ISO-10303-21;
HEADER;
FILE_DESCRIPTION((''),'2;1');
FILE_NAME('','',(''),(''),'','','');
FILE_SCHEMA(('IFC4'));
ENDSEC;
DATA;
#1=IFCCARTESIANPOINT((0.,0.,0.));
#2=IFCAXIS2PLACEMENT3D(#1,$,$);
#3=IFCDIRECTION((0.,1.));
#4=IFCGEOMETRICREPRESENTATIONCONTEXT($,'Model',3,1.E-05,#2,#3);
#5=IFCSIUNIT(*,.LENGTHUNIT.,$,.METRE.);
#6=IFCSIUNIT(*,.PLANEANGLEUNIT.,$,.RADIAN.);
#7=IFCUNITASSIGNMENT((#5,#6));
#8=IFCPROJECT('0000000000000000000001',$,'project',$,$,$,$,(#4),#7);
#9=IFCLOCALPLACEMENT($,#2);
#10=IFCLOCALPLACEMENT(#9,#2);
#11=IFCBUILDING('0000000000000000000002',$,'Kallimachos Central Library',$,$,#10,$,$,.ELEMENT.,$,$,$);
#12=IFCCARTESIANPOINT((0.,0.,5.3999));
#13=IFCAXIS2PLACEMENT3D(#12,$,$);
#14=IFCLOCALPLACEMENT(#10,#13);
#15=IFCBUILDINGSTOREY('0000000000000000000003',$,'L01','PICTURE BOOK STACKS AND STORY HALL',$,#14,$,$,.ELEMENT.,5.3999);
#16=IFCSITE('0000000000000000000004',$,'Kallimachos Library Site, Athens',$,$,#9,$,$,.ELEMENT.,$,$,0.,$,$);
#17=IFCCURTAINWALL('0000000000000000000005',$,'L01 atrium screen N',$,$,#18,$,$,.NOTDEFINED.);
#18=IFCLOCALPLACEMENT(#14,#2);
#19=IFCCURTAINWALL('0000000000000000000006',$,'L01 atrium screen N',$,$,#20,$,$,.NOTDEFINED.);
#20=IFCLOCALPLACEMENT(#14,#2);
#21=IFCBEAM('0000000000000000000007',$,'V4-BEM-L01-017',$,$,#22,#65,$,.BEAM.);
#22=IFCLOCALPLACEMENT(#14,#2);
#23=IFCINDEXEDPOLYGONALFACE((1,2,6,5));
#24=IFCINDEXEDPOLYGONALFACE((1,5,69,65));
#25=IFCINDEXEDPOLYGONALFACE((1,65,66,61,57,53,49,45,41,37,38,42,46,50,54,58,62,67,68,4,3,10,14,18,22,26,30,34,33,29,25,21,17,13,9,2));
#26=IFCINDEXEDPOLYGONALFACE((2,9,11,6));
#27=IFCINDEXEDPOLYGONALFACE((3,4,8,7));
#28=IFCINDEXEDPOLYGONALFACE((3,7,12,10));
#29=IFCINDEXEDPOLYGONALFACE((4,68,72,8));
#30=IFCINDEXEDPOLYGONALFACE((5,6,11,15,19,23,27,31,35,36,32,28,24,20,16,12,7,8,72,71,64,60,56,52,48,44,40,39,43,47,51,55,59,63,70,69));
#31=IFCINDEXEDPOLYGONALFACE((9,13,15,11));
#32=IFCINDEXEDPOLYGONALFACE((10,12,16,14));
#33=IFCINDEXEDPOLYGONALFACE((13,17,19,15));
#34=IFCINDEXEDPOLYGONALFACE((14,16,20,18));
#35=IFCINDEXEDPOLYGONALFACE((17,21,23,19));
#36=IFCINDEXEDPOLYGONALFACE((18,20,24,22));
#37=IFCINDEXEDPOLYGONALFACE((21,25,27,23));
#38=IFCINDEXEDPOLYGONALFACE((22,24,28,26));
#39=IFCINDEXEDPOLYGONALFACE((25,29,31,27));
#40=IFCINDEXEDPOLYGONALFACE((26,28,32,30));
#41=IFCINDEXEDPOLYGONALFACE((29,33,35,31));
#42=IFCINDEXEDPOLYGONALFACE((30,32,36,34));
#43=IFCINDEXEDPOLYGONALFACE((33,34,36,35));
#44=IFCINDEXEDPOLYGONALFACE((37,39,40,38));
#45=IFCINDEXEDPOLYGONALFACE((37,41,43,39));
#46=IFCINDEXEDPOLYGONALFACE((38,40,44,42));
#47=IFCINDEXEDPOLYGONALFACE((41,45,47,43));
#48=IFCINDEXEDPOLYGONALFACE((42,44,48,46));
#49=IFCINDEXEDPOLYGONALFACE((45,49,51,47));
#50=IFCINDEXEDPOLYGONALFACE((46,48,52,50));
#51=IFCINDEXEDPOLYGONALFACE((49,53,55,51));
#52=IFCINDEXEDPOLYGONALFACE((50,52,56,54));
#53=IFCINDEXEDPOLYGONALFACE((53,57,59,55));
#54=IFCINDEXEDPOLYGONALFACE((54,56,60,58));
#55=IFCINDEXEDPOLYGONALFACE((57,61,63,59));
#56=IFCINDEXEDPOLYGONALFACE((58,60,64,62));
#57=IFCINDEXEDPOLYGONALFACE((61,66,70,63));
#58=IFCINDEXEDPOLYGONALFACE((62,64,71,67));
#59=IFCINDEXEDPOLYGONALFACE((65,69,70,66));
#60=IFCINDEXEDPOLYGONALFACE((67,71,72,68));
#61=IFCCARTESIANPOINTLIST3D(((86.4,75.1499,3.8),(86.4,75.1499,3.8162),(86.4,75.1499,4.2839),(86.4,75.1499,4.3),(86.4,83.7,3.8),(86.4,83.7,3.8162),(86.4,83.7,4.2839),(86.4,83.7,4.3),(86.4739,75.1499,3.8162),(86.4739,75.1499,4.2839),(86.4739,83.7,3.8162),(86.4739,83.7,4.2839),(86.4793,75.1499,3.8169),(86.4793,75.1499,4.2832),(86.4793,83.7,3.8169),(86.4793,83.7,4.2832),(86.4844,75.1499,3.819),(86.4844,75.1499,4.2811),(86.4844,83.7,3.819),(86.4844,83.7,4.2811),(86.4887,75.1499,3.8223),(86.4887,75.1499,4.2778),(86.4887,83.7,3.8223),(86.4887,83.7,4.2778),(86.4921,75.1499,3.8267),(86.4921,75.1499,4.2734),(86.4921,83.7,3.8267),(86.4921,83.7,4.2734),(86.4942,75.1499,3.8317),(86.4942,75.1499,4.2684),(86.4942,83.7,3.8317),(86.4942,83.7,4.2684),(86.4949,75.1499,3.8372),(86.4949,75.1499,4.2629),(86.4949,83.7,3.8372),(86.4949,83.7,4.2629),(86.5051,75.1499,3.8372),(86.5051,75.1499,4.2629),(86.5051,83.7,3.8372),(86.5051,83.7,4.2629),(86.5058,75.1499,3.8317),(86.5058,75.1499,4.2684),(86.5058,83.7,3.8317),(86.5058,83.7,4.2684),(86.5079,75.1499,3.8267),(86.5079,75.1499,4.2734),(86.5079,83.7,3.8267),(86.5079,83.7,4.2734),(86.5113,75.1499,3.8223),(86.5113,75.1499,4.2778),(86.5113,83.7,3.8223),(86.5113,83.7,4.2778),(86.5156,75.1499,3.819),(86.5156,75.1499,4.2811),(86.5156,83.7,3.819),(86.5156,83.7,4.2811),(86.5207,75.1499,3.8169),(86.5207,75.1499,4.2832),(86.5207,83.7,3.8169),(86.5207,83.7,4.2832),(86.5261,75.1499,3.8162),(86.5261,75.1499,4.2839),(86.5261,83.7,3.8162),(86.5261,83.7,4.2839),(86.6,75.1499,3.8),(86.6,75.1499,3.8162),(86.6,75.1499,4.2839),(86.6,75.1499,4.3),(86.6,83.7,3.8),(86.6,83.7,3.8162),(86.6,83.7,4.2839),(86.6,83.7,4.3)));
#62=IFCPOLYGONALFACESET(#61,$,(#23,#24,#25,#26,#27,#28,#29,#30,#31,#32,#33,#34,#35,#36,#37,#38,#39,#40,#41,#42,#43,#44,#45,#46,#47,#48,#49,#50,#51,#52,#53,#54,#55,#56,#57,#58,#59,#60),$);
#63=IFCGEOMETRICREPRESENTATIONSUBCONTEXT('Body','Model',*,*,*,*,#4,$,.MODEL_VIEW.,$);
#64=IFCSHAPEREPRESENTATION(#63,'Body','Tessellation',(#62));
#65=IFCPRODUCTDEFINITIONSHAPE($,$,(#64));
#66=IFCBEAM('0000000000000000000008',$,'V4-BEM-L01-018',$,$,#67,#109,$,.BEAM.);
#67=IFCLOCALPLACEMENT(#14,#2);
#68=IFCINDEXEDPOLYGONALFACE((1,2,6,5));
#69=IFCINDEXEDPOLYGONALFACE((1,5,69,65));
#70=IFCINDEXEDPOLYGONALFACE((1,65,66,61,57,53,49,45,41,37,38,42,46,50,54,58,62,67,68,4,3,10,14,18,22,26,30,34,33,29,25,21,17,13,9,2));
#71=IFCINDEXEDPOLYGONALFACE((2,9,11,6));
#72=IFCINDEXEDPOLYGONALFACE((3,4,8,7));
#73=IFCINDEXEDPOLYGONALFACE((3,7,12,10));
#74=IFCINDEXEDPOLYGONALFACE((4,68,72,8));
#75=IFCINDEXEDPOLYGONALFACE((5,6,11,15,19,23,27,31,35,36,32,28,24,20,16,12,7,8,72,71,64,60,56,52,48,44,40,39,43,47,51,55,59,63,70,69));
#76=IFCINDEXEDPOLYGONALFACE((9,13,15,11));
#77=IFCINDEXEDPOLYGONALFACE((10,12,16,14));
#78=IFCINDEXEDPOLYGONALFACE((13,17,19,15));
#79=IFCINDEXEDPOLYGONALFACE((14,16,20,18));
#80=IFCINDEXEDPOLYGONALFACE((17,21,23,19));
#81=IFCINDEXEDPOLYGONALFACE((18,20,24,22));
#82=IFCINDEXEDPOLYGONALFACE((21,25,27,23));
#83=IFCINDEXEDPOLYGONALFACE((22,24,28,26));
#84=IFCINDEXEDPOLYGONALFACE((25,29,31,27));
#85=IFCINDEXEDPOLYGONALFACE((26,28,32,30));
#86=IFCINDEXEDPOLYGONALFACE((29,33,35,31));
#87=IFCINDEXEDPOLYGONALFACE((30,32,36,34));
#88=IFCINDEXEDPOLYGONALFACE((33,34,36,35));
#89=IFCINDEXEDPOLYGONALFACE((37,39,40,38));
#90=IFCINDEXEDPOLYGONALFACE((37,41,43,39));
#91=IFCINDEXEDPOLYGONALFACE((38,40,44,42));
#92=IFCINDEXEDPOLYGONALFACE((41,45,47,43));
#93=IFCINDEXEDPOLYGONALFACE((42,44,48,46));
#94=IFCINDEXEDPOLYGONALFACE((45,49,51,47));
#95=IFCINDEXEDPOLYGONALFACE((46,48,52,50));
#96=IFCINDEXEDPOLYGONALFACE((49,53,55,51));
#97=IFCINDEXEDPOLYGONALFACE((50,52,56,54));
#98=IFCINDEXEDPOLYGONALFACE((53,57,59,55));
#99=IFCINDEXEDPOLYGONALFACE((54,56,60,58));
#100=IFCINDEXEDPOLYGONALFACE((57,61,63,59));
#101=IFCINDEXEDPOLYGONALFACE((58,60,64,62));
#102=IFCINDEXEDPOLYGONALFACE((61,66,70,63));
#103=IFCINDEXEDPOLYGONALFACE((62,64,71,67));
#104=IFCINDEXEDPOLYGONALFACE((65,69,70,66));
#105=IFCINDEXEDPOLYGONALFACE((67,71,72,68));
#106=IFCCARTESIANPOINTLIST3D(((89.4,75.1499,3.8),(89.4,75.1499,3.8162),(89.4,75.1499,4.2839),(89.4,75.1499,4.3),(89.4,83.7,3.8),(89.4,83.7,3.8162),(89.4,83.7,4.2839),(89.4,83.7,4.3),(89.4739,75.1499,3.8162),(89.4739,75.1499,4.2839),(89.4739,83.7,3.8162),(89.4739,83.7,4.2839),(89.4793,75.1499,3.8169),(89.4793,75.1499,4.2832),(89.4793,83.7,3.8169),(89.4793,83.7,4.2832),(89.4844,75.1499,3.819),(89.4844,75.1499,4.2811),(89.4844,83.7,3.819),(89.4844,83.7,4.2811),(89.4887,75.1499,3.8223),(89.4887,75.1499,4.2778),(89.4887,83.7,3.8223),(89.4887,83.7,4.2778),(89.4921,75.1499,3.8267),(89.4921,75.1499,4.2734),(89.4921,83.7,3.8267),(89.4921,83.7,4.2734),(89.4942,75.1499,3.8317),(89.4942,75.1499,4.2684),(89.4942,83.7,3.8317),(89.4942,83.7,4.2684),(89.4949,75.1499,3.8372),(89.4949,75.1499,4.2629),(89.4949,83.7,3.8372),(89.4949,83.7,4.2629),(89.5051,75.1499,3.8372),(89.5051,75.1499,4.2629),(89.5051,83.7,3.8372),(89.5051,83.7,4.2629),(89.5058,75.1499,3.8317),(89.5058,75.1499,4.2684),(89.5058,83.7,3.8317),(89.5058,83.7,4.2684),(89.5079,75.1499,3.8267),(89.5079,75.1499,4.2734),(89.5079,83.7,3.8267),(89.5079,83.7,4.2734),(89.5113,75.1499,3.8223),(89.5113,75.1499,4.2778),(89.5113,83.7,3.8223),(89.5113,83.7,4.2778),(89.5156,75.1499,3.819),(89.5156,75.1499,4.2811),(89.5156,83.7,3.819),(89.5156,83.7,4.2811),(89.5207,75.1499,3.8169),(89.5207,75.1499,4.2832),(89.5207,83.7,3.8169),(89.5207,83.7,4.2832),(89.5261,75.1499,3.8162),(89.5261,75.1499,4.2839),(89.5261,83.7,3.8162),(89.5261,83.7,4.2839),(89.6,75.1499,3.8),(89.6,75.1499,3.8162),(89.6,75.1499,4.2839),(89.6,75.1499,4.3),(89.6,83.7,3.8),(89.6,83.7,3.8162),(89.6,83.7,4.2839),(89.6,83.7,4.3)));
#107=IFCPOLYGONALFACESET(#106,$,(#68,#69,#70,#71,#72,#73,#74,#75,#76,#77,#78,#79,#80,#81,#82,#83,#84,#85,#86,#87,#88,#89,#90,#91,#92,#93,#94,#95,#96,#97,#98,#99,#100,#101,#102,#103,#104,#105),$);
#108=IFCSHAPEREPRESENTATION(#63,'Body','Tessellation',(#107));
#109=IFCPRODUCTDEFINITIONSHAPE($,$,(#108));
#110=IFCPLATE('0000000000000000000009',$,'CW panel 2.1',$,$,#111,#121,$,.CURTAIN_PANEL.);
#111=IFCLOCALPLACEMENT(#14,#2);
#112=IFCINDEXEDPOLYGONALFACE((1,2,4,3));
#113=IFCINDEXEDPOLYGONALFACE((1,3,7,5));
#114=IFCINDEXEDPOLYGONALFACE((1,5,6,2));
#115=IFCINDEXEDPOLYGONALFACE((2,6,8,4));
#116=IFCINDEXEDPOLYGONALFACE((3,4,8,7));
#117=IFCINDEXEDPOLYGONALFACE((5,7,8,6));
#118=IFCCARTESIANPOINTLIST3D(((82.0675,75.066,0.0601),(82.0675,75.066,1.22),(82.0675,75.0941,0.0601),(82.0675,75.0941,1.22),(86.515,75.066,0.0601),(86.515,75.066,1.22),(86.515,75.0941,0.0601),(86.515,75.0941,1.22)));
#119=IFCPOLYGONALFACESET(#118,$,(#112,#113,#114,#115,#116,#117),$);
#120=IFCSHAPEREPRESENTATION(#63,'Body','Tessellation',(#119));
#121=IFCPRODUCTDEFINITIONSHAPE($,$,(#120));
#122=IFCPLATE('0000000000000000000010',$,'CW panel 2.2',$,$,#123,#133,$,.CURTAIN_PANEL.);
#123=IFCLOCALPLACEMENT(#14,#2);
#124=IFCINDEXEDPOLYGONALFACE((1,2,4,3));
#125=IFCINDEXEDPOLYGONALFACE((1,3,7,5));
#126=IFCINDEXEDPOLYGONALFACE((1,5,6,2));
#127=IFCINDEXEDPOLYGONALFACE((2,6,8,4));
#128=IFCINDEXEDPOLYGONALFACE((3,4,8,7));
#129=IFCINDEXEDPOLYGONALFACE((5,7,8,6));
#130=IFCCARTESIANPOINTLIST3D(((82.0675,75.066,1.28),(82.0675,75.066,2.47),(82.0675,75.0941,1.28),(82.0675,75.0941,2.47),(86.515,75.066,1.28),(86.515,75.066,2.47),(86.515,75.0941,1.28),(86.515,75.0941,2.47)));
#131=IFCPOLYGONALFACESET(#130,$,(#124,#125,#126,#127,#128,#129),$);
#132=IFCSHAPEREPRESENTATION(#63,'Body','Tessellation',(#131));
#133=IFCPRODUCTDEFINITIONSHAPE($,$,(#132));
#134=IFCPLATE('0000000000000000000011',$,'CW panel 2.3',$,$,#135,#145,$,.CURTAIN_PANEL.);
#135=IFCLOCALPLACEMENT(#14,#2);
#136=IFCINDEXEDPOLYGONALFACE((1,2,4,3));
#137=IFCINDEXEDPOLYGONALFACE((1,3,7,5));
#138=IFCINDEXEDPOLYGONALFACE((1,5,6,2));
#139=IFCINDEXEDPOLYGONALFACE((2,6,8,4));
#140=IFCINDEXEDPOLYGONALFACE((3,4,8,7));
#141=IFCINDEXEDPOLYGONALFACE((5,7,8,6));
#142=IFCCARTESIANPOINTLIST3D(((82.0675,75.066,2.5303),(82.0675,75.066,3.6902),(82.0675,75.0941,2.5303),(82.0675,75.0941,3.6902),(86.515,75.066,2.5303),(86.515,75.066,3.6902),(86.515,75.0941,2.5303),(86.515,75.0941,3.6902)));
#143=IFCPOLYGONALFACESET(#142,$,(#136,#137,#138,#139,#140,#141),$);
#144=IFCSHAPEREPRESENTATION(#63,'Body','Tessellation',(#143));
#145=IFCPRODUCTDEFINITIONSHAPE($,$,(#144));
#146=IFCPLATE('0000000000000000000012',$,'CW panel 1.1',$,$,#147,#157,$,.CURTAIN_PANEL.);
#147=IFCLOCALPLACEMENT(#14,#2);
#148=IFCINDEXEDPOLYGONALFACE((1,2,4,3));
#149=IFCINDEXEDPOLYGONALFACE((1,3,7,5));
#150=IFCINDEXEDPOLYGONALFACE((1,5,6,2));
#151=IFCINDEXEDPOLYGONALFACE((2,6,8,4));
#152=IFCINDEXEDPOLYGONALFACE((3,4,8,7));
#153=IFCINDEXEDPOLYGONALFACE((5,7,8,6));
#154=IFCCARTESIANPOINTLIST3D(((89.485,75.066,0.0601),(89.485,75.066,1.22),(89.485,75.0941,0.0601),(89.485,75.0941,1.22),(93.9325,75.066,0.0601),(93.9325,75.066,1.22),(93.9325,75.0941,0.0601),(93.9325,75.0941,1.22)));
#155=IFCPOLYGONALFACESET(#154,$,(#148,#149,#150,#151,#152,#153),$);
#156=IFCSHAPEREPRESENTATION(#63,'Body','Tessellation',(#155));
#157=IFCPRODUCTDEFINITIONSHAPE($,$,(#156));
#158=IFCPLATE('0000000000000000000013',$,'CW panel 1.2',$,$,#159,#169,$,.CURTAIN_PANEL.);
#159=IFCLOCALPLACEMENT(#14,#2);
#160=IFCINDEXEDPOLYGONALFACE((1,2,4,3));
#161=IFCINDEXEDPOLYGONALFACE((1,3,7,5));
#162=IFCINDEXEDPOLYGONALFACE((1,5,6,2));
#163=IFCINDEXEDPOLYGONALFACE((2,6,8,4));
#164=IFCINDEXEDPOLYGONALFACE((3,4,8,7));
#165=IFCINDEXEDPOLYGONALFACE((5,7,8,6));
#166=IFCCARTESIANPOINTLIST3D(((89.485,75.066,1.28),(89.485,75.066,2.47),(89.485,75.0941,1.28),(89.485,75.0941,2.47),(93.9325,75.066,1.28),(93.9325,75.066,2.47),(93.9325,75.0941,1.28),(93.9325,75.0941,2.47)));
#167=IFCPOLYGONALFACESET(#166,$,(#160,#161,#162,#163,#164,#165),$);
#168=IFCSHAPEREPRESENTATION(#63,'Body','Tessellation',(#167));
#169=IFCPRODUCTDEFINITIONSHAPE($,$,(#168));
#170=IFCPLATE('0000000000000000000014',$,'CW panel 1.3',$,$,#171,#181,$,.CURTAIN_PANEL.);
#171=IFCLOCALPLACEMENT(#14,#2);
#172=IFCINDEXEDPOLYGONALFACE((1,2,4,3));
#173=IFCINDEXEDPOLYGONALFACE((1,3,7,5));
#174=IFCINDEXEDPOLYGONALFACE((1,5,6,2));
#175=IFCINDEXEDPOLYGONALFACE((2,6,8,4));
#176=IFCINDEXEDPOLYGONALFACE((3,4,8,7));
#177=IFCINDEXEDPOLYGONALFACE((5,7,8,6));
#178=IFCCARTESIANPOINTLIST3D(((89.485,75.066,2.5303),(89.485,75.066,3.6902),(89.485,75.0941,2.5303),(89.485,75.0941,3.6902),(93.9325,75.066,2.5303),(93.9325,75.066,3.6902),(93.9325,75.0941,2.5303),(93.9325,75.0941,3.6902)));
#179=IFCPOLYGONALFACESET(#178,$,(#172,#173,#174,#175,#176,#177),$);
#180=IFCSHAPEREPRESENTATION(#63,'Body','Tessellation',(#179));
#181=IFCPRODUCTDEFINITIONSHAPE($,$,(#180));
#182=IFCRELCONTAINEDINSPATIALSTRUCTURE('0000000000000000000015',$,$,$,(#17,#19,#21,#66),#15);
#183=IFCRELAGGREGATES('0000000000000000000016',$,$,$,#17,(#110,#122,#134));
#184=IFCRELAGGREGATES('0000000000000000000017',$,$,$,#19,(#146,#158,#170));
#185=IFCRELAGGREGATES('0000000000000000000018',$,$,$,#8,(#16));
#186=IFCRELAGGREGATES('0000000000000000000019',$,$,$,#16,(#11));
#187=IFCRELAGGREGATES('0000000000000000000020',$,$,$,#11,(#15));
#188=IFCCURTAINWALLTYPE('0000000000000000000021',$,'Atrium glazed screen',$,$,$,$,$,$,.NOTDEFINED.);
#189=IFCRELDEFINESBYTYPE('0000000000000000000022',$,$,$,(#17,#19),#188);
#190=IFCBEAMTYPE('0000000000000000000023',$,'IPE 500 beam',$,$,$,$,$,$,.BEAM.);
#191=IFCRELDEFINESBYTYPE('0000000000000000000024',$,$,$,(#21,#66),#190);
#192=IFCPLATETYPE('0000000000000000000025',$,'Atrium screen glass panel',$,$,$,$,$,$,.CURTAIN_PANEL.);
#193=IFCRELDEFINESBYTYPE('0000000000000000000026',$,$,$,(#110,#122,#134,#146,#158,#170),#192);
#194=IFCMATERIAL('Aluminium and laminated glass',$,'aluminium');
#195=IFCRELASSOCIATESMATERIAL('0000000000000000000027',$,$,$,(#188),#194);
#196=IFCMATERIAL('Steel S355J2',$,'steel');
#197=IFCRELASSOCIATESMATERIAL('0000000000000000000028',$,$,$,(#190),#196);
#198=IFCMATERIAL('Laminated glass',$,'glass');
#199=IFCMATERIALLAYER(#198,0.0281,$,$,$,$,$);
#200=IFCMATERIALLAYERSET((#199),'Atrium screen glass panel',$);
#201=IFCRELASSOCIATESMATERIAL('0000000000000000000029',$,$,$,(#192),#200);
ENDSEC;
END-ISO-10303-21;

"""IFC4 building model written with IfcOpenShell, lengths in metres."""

from ifc_helpers import new_model, si_unit, direction, frame, origin, origin_2d, place, context, subcontext, project, spatial, rectangle, i_section, extrude, material, layer, layer_set, material_profile, profile_set, type_object, element, aggregate, save


model = new_model("IFC4")

# Units and contexts
model_context = context("Model", 3, precision=1e-05, world=origin(), true_north=direction((0.0, 1.0)))
body_context = subcontext(model_context, "Body", "Model", "MODEL_VIEW")
ifc_project = project(units=[si_unit("LENGTHUNIT", "METRE"), si_unit("PLANEANGLEUNIT", "RADIAN")], contexts=[model_context])

# Site, building, storey
site_placement = place(None, origin())
site = spatial("IfcSite", under=ifc_project, at=site_placement, Name="Kallimachos Library Site, Athens", CompositionType="ELEMENT", RefElevation=0.0)
building_placement = place(site_placement, origin())
building = spatial("IfcBuilding", under=site, at=building_placement, Name="Kallimachos Central Library", CompositionType="ELEMENT")
storey_placement = place(building_placement, frame((0.0, 0.0, 5.3999)))
storey = spatial("IfcBuildingStorey", under=building, at=storey_placement, Name="L01", Description="PICTURE BOOK STACKS AND STORY HALL", CompositionType="ELEMENT", Elevation=5.3999)

# Curtain wall
ifc_material_1 = material(Name="Aluminium and laminated glass", Category="aluminium")
curtain_wall_type = type_object("IfcCurtainWallType", Name="Atrium glazed screen", PredefinedType="NOTDEFINED", material=ifc_material_1)
curtain_wall_1_placement = place(storey_placement, origin())
curtain_wall_1 = element("IfcCurtainWall", 1, at=curtain_wall_1_placement, inside=storey, type_object=curtain_wall_type, Name="L01 atrium screen N", PredefinedType="NOTDEFINED")

# Curtain wall
curtain_wall_2_placement = place(storey_placement, origin())
curtain_wall_2 = element("IfcCurtainWall", 2, at=curtain_wall_2_placement, inside=storey, type_object=curtain_wall_type, Name="L01 atrium screen N", PredefinedType="NOTDEFINED")

# Beams
ifc_material_2 = material(Name="Steel S355J2", Category="steel")
ifc_material_profile_1 = material_profile(ifc_material_2, i_section(OverallWidth=0.2, OverallDepth=0.5, WebThickness=0.0103, FlangeThickness=0.0161, FilletRadius=0.021, at=origin_2d()), Name="IPE 500")
ifc_profile_set_1 = profile_set([ifc_material_profile_1], Name="Steel S355J2")
beam_type_1 = type_object("IfcBeamType", Name="IPE 500 beam", PredefinedType="BEAM", material=ifc_profile_set_1)
for number, where, z_axis, x_axis, name in (
    (3, (86.5, 75.1499, 4.05), (0.0, 1.0, 0.0), (-1.0, 0.0, 0.0), "V4-BEM-L01-017"),
    (4, (89.5, 75.1499, 4.05), (0.0, 1.0, 0.0), (-1.0, 0.0, 0.0), "V4-BEM-L01-018"),
):
    element("IfcBeam", number, at=place(storey_placement, frame(where, z_axis=z_axis, x_axis=x_axis)), inside=storey, type_object=beam_type_1, Name=name, PredefinedType="BEAM", context=body_context, shape_type="SweptSolid", body=[
        extrude(i_section(OverallWidth=0.2, OverallDepth=0.5, WebThickness=0.0103, FlangeThickness=0.0161, FilletRadius=0.021, at=origin_2d()), origin(), (0.0, 0.0, 1.0), 8.55),
    ])

# Plates
ifc_material_3 = material(Name="Laminated glass", Category="glass")
ifc_layer_1 = layer(ifc_material_3, 0.0281)
ifc_layer_set_1 = layer_set([ifc_layer_1], Name="Atrium screen glass panel")
plate_type = type_object("IfcPlateType", Name="Atrium screen glass panel", PredefinedType="CURTAIN_PANEL", material=ifc_layer_set_1)
plate_1_placement = place(storey_placement, frame((84.2913, 75.0801, 0.0601), z_axis=(0.0, 0.0, 1.0), x_axis=(1.0, 0.0, 0.0)))
plate_1 = element("IfcPlate", 5, at=plate_1_placement, type_object=plate_type, Name="CW panel 2.1", PredefinedType="CURTAIN_PANEL", context=body_context, shape_type="SweptSolid", body=[
    extrude(rectangle(XDim=4.4475, YDim=0.0281, at=origin_2d()), origin(), (0.0, 0.0, 1.0), 1.1599),
])
plate_2_placement = place(storey_placement, frame((84.2913, 75.0801, 1.28), z_axis=(0.0, 0.0, 1.0), x_axis=(1.0, 0.0, 0.0)))
plate_2 = element("IfcPlate", 6, at=plate_2_placement, type_object=plate_type, Name="CW panel 2.2", PredefinedType="CURTAIN_PANEL", context=body_context, shape_type="SweptSolid", body=[
    extrude(rectangle(XDim=4.4475, YDim=0.0281, at=origin_2d()), origin(), (0.0, 0.0, 1.0), 1.1899),
])
plate_3_placement = place(storey_placement, frame((84.2913, 75.0801, 2.5303), z_axis=(0.0, 0.0, 1.0), x_axis=(1.0, 0.0, 0.0)))
plate_3 = element("IfcPlate", 7, at=plate_3_placement, type_object=plate_type, Name="CW panel 2.3", PredefinedType="CURTAIN_PANEL", context=body_context, shape_type="SweptSolid", body=[
    extrude(rectangle(XDim=4.4475, YDim=0.0281, at=origin_2d()), origin(), (0.0, 0.0, 1.0), 1.1599),
])
aggregate(curtain_wall_1, [plate_1, plate_2, plate_3])
plate_4_placement = place(storey_placement, frame((91.7087, 75.0801, 0.0601), z_axis=(0.0, 0.0, 1.0), x_axis=(1.0, 0.0, 0.0)))
plate_4 = element("IfcPlate", 8, at=plate_4_placement, type_object=plate_type, Name="CW panel 1.1", PredefinedType="CURTAIN_PANEL", context=body_context, shape_type="SweptSolid", body=[
    extrude(rectangle(XDim=4.4475, YDim=0.0281, at=origin_2d()), origin(), (0.0, 0.0, 1.0), 1.1599),
])
plate_5_placement = place(storey_placement, frame((91.7087, 75.0801, 1.28), z_axis=(0.0, 0.0, 1.0), x_axis=(1.0, 0.0, 0.0)))
plate_5 = element("IfcPlate", 9, at=plate_5_placement, type_object=plate_type, Name="CW panel 1.2", PredefinedType="CURTAIN_PANEL", context=body_context, shape_type="SweptSolid", body=[
    extrude(rectangle(XDim=4.4475, YDim=0.0281, at=origin_2d()), origin(), (0.0, 0.0, 1.0), 1.1899),
])
plate_6_placement = place(storey_placement, frame((91.7087, 75.0801, 2.5303), z_axis=(0.0, 0.0, 1.0), x_axis=(1.0, 0.0, 0.0)))
plate_6 = element("IfcPlate", 10, at=plate_6_placement, type_object=plate_type, Name="CW panel 1.3", PredefinedType="CURTAIN_PANEL", context=body_context, shape_type="SweptSolid", body=[
    extrude(rectangle(XDim=4.4475, YDim=0.0281, at=origin_2d()), origin(), (0.0, 0.0, 1.0), 1.1599),
])
aggregate(curtain_wall_2, [plate_4, plate_5, plate_6])

save(model, "model.ifc")
